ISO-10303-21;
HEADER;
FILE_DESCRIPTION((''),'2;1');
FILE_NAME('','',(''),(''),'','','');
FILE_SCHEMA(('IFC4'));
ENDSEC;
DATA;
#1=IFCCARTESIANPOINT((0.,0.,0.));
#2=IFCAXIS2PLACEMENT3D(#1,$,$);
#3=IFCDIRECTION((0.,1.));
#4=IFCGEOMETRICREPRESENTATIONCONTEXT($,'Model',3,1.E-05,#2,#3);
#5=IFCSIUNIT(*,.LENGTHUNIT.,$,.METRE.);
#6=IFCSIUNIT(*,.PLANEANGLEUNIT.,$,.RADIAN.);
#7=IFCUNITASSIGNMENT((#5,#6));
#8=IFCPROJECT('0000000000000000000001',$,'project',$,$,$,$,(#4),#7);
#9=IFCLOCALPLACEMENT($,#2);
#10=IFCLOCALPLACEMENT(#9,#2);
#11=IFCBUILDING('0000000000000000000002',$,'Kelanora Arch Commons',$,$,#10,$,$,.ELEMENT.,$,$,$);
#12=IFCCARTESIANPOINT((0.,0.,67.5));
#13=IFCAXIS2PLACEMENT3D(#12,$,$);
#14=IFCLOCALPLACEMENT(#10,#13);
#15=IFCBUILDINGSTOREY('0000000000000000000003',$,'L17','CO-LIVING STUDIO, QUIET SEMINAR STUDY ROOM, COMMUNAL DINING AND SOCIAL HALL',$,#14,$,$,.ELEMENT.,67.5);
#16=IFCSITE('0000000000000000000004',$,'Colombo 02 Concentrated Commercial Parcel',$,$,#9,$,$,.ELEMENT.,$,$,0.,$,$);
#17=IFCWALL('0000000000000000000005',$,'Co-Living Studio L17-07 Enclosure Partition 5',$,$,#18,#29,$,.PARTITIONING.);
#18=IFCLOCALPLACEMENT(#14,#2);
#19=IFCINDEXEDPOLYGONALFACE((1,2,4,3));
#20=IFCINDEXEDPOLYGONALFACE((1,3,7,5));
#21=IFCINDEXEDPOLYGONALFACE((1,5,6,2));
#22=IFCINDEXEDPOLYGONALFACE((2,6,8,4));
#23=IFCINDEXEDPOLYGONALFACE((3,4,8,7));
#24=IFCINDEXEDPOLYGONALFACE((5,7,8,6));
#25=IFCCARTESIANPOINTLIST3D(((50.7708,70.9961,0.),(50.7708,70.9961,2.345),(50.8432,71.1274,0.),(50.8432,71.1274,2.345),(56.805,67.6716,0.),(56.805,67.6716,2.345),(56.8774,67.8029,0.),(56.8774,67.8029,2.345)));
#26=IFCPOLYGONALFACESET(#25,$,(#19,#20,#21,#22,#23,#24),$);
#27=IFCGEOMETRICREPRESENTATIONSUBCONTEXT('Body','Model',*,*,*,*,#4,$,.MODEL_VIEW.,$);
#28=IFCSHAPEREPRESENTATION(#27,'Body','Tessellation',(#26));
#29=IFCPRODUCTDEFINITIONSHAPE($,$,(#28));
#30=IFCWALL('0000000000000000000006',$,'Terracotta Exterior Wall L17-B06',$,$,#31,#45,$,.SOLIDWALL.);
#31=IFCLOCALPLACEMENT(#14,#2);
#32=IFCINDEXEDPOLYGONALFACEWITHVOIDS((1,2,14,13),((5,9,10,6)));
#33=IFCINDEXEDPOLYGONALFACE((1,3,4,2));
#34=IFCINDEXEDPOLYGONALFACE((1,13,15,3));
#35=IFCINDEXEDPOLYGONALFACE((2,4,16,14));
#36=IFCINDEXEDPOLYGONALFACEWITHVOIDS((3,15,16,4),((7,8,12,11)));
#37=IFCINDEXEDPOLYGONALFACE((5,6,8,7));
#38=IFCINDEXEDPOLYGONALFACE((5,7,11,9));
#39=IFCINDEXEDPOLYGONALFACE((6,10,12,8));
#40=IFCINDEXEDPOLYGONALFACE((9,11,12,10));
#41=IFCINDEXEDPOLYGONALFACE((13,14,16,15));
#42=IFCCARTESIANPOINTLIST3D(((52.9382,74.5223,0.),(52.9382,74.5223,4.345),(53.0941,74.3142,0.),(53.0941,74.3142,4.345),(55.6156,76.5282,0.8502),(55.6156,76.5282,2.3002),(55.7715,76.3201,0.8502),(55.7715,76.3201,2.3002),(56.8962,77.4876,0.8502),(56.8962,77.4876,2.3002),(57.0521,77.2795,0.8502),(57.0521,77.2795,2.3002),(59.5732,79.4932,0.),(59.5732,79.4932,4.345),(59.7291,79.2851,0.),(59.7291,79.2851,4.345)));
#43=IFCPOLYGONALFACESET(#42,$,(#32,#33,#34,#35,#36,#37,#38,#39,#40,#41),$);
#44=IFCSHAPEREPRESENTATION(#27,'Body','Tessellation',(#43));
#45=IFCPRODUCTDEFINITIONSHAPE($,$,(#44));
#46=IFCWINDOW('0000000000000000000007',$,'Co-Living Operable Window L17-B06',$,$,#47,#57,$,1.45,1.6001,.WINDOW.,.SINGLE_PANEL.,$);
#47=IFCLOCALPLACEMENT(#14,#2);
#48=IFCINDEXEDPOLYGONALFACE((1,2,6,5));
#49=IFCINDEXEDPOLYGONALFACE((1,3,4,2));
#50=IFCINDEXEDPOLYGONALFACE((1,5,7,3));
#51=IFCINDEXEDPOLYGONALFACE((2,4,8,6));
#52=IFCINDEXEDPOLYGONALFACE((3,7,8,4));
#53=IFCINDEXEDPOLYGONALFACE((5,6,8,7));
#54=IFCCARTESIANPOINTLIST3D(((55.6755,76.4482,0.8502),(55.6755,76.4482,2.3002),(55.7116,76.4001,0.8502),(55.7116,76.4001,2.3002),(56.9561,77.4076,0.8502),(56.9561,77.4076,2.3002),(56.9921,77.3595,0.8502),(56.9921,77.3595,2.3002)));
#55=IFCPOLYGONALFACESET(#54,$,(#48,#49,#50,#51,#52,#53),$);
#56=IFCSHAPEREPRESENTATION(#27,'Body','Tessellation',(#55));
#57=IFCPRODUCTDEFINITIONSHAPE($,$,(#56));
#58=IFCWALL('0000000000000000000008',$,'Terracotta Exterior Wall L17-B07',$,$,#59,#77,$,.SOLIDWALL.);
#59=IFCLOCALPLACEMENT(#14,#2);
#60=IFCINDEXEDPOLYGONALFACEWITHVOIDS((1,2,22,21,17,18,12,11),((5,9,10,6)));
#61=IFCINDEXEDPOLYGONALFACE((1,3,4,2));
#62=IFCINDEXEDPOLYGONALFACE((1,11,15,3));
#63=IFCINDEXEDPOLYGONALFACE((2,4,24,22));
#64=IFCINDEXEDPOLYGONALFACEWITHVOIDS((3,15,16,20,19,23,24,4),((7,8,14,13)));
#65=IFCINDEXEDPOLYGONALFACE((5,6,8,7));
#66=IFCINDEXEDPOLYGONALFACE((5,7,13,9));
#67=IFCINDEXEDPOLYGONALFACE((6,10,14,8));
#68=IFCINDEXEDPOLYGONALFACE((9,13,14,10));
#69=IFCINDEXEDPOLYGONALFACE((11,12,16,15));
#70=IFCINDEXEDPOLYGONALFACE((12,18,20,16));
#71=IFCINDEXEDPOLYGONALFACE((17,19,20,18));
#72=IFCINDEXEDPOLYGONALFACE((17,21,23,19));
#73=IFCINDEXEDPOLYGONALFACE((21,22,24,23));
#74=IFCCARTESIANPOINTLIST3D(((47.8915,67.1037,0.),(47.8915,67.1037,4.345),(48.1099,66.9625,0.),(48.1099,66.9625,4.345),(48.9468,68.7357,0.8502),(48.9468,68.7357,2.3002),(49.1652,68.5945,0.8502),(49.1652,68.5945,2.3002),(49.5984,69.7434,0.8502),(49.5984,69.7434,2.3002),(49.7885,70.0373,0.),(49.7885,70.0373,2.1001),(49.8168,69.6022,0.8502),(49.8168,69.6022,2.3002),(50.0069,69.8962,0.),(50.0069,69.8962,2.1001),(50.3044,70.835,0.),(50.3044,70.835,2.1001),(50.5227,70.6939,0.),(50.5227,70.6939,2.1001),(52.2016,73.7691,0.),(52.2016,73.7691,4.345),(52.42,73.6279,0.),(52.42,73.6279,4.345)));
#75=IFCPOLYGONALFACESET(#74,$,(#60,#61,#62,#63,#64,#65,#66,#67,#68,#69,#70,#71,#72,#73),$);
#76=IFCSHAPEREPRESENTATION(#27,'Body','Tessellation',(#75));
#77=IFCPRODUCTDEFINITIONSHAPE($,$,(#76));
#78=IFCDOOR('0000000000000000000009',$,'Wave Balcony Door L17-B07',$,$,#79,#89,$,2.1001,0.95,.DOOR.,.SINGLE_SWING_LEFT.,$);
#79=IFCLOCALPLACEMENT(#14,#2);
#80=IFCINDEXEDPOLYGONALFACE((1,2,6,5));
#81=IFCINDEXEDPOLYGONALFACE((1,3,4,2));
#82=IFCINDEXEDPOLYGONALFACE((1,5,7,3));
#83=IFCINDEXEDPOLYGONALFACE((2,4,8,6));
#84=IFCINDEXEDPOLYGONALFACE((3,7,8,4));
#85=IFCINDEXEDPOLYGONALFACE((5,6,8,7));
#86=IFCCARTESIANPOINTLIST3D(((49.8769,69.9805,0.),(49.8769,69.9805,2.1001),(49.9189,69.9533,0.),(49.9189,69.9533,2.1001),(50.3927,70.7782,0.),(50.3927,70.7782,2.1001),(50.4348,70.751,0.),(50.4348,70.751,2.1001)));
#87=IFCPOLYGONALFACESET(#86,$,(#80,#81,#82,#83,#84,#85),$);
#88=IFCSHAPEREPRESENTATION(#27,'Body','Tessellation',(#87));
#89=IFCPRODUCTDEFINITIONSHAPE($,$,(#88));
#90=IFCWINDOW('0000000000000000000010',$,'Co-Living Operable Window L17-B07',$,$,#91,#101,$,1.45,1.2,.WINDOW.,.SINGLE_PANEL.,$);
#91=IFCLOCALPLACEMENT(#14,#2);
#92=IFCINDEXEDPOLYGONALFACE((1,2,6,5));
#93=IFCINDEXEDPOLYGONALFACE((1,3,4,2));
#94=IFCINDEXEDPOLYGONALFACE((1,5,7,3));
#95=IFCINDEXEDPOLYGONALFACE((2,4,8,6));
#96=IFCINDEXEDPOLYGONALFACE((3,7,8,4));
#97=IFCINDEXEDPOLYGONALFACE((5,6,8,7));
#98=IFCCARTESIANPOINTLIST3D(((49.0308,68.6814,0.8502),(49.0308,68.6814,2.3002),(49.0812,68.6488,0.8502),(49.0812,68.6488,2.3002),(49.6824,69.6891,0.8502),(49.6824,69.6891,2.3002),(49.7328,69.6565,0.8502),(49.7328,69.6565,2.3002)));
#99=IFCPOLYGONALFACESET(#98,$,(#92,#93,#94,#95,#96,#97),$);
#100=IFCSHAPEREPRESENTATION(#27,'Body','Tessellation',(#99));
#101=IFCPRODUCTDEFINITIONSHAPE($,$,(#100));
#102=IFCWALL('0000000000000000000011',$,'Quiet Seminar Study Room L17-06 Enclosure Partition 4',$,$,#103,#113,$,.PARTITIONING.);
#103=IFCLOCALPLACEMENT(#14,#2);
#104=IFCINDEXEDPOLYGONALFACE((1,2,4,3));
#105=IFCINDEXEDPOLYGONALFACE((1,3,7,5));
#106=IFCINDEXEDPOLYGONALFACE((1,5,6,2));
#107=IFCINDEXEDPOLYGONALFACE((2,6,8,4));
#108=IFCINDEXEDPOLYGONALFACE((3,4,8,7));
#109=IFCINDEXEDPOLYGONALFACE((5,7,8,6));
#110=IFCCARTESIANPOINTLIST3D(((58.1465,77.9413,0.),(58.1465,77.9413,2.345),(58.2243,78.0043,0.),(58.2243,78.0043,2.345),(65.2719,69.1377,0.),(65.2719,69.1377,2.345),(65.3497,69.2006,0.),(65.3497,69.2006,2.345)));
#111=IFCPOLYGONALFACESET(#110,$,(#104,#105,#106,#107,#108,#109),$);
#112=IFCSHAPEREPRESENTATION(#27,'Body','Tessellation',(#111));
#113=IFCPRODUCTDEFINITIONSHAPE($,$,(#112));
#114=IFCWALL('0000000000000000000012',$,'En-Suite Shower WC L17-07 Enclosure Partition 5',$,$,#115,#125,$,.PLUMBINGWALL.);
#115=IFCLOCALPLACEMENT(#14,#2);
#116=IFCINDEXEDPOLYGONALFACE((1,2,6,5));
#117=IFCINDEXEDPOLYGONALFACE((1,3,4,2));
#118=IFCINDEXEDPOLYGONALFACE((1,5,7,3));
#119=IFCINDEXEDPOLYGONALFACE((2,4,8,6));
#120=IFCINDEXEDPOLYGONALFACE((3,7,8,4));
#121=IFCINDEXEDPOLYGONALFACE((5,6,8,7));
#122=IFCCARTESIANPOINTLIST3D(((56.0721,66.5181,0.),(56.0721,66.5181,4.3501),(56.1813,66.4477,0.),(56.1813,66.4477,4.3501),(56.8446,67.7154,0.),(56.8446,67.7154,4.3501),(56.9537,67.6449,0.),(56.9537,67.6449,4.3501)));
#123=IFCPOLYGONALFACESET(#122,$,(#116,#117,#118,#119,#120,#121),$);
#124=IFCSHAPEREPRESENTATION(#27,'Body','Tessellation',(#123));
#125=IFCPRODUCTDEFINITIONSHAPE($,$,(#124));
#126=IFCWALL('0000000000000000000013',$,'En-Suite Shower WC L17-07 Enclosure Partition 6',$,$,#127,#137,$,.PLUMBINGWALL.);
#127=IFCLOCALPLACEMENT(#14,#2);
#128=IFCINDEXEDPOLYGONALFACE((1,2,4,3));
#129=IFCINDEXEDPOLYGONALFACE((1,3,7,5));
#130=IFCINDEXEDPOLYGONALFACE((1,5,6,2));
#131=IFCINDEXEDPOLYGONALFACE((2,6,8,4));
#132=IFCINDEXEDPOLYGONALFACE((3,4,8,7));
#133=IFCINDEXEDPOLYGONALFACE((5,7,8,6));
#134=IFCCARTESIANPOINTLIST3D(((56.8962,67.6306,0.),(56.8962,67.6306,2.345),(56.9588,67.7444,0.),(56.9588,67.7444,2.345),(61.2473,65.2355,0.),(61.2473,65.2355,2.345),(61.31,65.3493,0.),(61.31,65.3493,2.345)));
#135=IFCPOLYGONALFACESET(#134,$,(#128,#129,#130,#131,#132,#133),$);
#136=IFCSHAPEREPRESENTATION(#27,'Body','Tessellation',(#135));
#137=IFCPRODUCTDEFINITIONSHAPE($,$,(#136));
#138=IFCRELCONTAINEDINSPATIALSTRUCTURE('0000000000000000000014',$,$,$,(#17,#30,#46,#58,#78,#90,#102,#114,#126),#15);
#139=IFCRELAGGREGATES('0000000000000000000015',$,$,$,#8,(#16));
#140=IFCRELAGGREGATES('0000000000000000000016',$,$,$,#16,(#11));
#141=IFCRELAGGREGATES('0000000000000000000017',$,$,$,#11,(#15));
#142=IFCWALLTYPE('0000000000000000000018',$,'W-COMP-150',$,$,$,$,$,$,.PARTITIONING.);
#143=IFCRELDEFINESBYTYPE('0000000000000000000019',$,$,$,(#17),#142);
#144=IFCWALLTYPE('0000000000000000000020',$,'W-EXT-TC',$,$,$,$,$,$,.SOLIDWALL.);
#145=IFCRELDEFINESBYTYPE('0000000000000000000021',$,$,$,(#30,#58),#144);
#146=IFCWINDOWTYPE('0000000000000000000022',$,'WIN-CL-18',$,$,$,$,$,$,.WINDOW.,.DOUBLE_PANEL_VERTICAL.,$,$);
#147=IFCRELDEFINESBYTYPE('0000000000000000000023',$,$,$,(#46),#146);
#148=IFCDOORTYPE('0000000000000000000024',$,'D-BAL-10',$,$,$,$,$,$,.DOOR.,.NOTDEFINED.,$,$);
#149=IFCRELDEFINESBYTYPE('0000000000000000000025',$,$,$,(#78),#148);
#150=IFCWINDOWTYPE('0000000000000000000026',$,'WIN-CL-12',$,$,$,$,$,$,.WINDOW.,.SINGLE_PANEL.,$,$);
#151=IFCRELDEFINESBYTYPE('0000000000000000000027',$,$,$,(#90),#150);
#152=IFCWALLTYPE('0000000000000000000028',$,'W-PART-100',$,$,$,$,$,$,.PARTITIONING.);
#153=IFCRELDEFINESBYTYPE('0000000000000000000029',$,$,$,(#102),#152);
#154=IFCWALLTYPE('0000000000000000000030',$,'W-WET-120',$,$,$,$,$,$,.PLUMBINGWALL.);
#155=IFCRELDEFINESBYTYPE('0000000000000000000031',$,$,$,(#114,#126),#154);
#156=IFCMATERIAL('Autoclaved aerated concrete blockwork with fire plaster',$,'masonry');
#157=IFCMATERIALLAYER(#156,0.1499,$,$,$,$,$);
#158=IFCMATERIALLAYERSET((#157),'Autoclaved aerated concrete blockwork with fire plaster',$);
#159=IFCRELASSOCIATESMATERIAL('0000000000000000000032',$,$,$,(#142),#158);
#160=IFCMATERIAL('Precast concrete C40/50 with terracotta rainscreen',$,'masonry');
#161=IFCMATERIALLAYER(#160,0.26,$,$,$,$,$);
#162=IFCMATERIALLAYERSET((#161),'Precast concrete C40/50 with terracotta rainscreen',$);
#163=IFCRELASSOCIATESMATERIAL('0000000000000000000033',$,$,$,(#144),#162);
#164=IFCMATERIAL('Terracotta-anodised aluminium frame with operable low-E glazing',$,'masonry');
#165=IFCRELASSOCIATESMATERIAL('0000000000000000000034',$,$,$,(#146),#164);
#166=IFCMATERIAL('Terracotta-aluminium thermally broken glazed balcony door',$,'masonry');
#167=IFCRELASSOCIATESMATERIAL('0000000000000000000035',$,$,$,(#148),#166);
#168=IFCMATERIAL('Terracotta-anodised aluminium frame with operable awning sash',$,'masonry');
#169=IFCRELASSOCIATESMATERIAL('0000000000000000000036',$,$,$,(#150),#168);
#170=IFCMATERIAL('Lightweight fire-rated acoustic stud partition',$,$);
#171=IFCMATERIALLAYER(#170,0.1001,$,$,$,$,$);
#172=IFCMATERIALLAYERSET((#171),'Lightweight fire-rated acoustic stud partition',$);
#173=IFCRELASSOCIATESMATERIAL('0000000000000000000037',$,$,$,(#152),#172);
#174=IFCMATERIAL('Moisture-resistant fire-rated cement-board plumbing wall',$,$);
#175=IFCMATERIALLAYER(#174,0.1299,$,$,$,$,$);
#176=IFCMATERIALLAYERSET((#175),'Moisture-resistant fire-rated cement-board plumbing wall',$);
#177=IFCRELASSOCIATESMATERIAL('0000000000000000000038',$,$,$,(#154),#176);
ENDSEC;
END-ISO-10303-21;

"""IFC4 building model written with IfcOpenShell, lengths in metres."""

from ifc_helpers import new_model, si_unit, direction, frame, frame_2d, origin, place, context, subcontext, project, spatial, rectangle, extrude, material, layer, layer_set, type_object, element, fill, save


model = new_model("IFC4")

# Units and contexts
model_context = context("Model", 3, precision=1e-05, world=origin(), true_north=direction((0.0, 1.0)))
body_context = subcontext(model_context, "Body", "Model", "MODEL_VIEW")
ifc_project = project(units=[si_unit("LENGTHUNIT", "METRE"), si_unit("PLANEANGLEUNIT", "RADIAN")], contexts=[model_context])

# Site, building, storey
site_placement = place(None, origin())
site = spatial("IfcSite", under=ifc_project, at=site_placement, Name="Colombo 02 Concentrated Commercial Parcel", CompositionType="ELEMENT", RefElevation=0.0)
building_placement = place(site_placement, origin())
building = spatial("IfcBuilding", under=site, at=building_placement, Name="Kelanora Arch Commons", CompositionType="ELEMENT")
storey_placement = place(building_placement, frame((0.0, 0.0, 67.5)))
storey = spatial("IfcBuildingStorey", under=building, at=storey_placement, Name="L17", Description="CO-LIVING STUDIO, QUIET SEMINAR STUDY ROOM, COMMUNAL DINING AND SOCIAL HALL", CompositionType="ELEMENT", Elevation=67.5)

# Wall
ifc_material_1 = material(Name="Autoclaved aerated concrete blockwork with fire plaster", Category="masonry")
ifc_layer_1 = layer(ifc_material_1, 0.1499)
ifc_layer_set_1 = layer_set([ifc_layer_1], Name="Autoclaved aerated concrete blockwork with fire plaster")
wall_type_1 = type_object("IfcWallType", Name="W-COMP-150", PredefinedType="PARTITIONING", material=ifc_layer_set_1)
wall_1_placement = place(storey_placement, frame((50.8069, 71.0618, 0.0), z_axis=(0.0, 0.0, 1.0), x_axis=(0.875869, -0.48255, 0.0)))
element("IfcWall", 1, at=wall_1_placement, inside=storey, type_object=wall_type_1, Name="Co-Living Studio L17-07 Enclosure Partition 5", PredefinedType="PARTITIONING", context=body_context, shape_type="SweptSolid", body=[
    extrude(rectangle(XDim=6.8894, YDim=0.1499, at=frame_2d((3.4448, 0.0))), origin(), (0.0, 0.0, 1.0), 2.345),
])

# Wall, opening, window
ifc_material_2 = material(Name="Precast concrete C40/50 with terracotta rainscreen", Category="masonry")
ifc_layer_2 = layer(ifc_material_2, 0.26)
ifc_layer_set_2 = layer_set([ifc_layer_2], Name="Precast concrete C40/50 with terracotta rainscreen")
wall_type_2 = type_object("IfcWallType", Name="W-EXT-TC", PredefinedType="SOLIDWALL", material=ifc_layer_set_2)
wall_2_placement = place(storey_placement, frame((59.6511, 79.3892, 0.0), z_axis=(0.0, 0.0, 1.0), x_axis=(-0.800307, -0.59959, 0.0)))
wall_2 = element("IfcWall", 2, at=wall_2_placement, inside=storey, type_object=wall_type_2, Name="Terracotta Exterior Wall L17-B06", PredefinedType="SOLIDWALL", context=body_context, shape_type="SweptSolid", body=[
    extrude(rectangle(XDim=8.2905, YDim=0.26, at=frame_2d((4.1453, 0.0))), origin(), (0.0, 0.0, 1.0), 4.345),
])
opening_1_placement = place(wall_2_placement, frame((3.345, 0.0, 0.8501)))
opening_1 = element("IfcOpeningElement", 3, at=opening_1_placement, cuts=wall_2, PredefinedType="OPENING", context=body_context, shape_type="SweptSolid", body=[
    extrude(rectangle(XDim=1.6001, YDim=1.45, at=frame_2d((0.8, 0.7251))), frame((0.0, 0.1401, 0.0), z_axis=(0.0, -1.0, 0.0), x_axis=(1.0, 0.0, 0.0)), (0.0, 0.0, 1.0), 0.28),
])
ifc_material_3 = material(Name="Terracotta-anodised aluminium frame with operable low-E glazing", Category="masonry")
window_type_1 = type_object("IfcWindowType", Name="WIN-CL-18", PartitioningType="DOUBLE_PANEL_VERTICAL", PredefinedType="WINDOW", material=ifc_material_3)
window_1_placement = place(opening_1_placement, origin())
window_1 = element("IfcWindow", 4, at=window_1_placement, inside=storey, type_object=window_type_1, Name="Co-Living Operable Window L17-B06", OverallHeight=1.45, OverallWidth=1.6001, PartitioningType="SINGLE_PANEL", PredefinedType="WINDOW", context=body_context, shape_type="SweptSolid", body=[
    extrude(rectangle(XDim=1.6001, YDim=1.45, at=frame_2d((0.8, 0.7251))), frame((0.0, 0.03, 0.0), z_axis=(0.0, -1.0, 0.0), x_axis=(1.0, 0.0, 0.0)), (0.0, 0.0, 1.0), 0.0601),
])
fill(opening_1, window_1)

# Wall, openings, door, window
wall_3_placement = place(storey_placement, frame((52.3108, 73.6985, 0.0), z_axis=(0.0, 0.0, 1.0), x_axis=(-0.543005, -0.839729, 0.0)))
wall_3 = element("IfcWall", 5, at=wall_3_placement, inside=storey, type_object=wall_type_2, Name="Terracotta Exterior Wall L17-B07", PredefinedType="SOLIDWALL", context=body_context, shape_type="SweptSolid", body=[
    extrude(rectangle(XDim=7.9375, YDim=0.26, at=frame_2d((3.9688, 0.0))), origin(), (0.0, 0.0, 1.0), 4.345),
])
opening_2_placement = place(wall_3_placement, frame((3.4939, 0.0, 0.0)))
opening_2 = element("IfcOpeningElement", 6, at=opening_2_placement, cuts=wall_3, PredefinedType="OPENING", context=body_context, shape_type="SweptSolid", body=[
    extrude(rectangle(XDim=0.95, YDim=2.1001, at=frame_2d((0.4751, 1.05))), frame((0.0, 0.1401, 0.0), z_axis=(0.0, -1.0, 0.0), x_axis=(1.0, 0.0, 0.0)), (0.0, 0.0, 1.0), 0.28),
])
opening_3_placement = place(wall_3_placement, frame((4.7939, 0.0, 0.8501)))
opening_3 = element("IfcOpeningElement", 7, at=opening_3_placement, cuts=wall_3, PredefinedType="OPENING", context=body_context, shape_type="SweptSolid", body=[
    extrude(rectangle(XDim=1.2, YDim=1.45, at=frame_2d((0.6001, 0.7251))), frame((0.0, 0.1401, 0.0), z_axis=(0.0, -1.0, 0.0), x_axis=(1.0, 0.0, 0.0)), (0.0, 0.0, 1.0), 0.28),
])
ifc_material_4 = material(Name="Terracotta-aluminium thermally broken glazed balcony door", Category="masonry")
door_type = type_object("IfcDoorType", Name="D-BAL-10", OperationType="NOTDEFINED", PredefinedType="DOOR", material=ifc_material_4)
door_placement = place(opening_2_placement, frame((0.95, 0.0, 0.0), z_axis=(0.0, 0.0, 1.0), x_axis=(-1.0, 0.0, 0.0)))
door = element("IfcDoor", 8, at=door_placement, inside=storey, type_object=door_type, Name="Wave Balcony Door L17-B07", OperationType="SINGLE_SWING_LEFT", OverallHeight=2.1001, OverallWidth=0.95, PredefinedType="DOOR", context=body_context, shape_type="SweptSolid", body=[
    extrude(rectangle(XDim=0.95, YDim=2.1001, at=frame_2d((0.4751, 1.05))), frame((0.0, 0.0249, 0.0), z_axis=(0.0, -1.0, 0.0), x_axis=(1.0, 0.0, 0.0)), (0.0, 0.0, 1.0), 0.05),
])
fill(opening_2, door)
ifc_material_5 = material(Name="Terracotta-anodised aluminium frame with operable awning sash", Category="masonry")
window_type_2 = type_object("IfcWindowType", Name="WIN-CL-12", PartitioningType="SINGLE_PANEL", PredefinedType="WINDOW", material=ifc_material_5)
window_2_placement = place(opening_3_placement, origin())
window_2 = element("IfcWindow", 9, at=window_2_placement, inside=storey, type_object=window_type_2, Name="Co-Living Operable Window L17-B07", OverallHeight=1.45, OverallWidth=1.2, PartitioningType="SINGLE_PANEL", PredefinedType="WINDOW", context=body_context, shape_type="SweptSolid", body=[
    extrude(rectangle(XDim=1.2, YDim=1.45, at=frame_2d((0.6001, 0.7251))), frame((0.0, 0.03, 0.0), z_axis=(0.0, -1.0, 0.0), x_axis=(1.0, 0.0, 0.0)), (0.0, 0.0, 1.0), 0.0601),
])
fill(opening_3, window_2)

# Walls
ifc_material_6 = material(Name="Lightweight fire-rated acoustic stud partition")
ifc_layer_3 = layer(ifc_material_6, 0.1001)
ifc_layer_set_3 = layer_set([ifc_layer_3], Name="Lightweight fire-rated acoustic stud partition")
wall_type_3 = type_object("IfcWallType", Name="W-PART-100", PredefinedType="PARTITIONING", material=ifc_layer_set_3)
wall_4_placement = place(storey_placement, frame((58.1853, 77.9729, 0.0), z_axis=(0.0, 0.0, 1.0), x_axis=(0.629128, -0.777302, 0.0)))
element("IfcWall", 10, at=wall_4_placement, inside=storey, type_object=wall_type_3, Name="Quiet Seminar Study Room L17-06 Enclosure Partition 4", PredefinedType="PARTITIONING", context=body_context, shape_type="SweptSolid", body=[
    extrude(rectangle(XDim=11.3259, YDim=0.1001, at=frame_2d((5.6631, 0.0))), origin(), (0.0, 0.0, 1.0), 2.345),
])
ifc_material_7 = material(Name="Moisture-resistant fire-rated cement-board plumbing wall")
ifc_layer_4 = layer(ifc_material_7, 0.1299)
ifc_layer_set_4 = layer_set([ifc_layer_4], Name="Moisture-resistant fire-rated cement-board plumbing wall")
wall_type_4 = type_object("IfcWallType", Name="W-WET-120", PredefinedType="PLUMBINGWALL", material=ifc_layer_set_4)
wall_5_placement = place(storey_placement, frame((56.1267, 66.4829, 0.0), z_axis=(0.0, 0.0, 1.0), x_axis=(0.542142, 0.840287, 0.0)))
element("IfcWall", 11, at=wall_5_placement, inside=storey, type_object=wall_type_4, Name="En-Suite Shower WC L17-07 Enclosure Partition 5", PredefinedType="PLUMBINGWALL", context=body_context, shape_type="SweptSolid", body=[
    extrude(rectangle(XDim=1.4248, YDim=0.1299, at=frame_2d((0.7124, 0.0))), origin(), (0.0, 0.0, 1.0), 4.3501),
])
wall_6_placement = place(storey_placement, frame((56.9275, 67.6875, 0.0), z_axis=(0.0, 0.0, 1.0), x_axis=(0.876052, -0.482217, 0.0)))
element("IfcWall", 12, at=wall_6_placement, inside=storey, type_object=wall_type_4, Name="En-Suite Shower WC L17-07 Enclosure Partition 6", PredefinedType="PLUMBINGWALL", context=body_context, shape_type="SweptSolid", body=[
    extrude(rectangle(XDim=4.9668, YDim=0.1299, at=frame_2d((2.4834, 0.0))), origin(), (0.0, 0.0, 1.0), 2.345),
])

save(model, "model.ifc")
